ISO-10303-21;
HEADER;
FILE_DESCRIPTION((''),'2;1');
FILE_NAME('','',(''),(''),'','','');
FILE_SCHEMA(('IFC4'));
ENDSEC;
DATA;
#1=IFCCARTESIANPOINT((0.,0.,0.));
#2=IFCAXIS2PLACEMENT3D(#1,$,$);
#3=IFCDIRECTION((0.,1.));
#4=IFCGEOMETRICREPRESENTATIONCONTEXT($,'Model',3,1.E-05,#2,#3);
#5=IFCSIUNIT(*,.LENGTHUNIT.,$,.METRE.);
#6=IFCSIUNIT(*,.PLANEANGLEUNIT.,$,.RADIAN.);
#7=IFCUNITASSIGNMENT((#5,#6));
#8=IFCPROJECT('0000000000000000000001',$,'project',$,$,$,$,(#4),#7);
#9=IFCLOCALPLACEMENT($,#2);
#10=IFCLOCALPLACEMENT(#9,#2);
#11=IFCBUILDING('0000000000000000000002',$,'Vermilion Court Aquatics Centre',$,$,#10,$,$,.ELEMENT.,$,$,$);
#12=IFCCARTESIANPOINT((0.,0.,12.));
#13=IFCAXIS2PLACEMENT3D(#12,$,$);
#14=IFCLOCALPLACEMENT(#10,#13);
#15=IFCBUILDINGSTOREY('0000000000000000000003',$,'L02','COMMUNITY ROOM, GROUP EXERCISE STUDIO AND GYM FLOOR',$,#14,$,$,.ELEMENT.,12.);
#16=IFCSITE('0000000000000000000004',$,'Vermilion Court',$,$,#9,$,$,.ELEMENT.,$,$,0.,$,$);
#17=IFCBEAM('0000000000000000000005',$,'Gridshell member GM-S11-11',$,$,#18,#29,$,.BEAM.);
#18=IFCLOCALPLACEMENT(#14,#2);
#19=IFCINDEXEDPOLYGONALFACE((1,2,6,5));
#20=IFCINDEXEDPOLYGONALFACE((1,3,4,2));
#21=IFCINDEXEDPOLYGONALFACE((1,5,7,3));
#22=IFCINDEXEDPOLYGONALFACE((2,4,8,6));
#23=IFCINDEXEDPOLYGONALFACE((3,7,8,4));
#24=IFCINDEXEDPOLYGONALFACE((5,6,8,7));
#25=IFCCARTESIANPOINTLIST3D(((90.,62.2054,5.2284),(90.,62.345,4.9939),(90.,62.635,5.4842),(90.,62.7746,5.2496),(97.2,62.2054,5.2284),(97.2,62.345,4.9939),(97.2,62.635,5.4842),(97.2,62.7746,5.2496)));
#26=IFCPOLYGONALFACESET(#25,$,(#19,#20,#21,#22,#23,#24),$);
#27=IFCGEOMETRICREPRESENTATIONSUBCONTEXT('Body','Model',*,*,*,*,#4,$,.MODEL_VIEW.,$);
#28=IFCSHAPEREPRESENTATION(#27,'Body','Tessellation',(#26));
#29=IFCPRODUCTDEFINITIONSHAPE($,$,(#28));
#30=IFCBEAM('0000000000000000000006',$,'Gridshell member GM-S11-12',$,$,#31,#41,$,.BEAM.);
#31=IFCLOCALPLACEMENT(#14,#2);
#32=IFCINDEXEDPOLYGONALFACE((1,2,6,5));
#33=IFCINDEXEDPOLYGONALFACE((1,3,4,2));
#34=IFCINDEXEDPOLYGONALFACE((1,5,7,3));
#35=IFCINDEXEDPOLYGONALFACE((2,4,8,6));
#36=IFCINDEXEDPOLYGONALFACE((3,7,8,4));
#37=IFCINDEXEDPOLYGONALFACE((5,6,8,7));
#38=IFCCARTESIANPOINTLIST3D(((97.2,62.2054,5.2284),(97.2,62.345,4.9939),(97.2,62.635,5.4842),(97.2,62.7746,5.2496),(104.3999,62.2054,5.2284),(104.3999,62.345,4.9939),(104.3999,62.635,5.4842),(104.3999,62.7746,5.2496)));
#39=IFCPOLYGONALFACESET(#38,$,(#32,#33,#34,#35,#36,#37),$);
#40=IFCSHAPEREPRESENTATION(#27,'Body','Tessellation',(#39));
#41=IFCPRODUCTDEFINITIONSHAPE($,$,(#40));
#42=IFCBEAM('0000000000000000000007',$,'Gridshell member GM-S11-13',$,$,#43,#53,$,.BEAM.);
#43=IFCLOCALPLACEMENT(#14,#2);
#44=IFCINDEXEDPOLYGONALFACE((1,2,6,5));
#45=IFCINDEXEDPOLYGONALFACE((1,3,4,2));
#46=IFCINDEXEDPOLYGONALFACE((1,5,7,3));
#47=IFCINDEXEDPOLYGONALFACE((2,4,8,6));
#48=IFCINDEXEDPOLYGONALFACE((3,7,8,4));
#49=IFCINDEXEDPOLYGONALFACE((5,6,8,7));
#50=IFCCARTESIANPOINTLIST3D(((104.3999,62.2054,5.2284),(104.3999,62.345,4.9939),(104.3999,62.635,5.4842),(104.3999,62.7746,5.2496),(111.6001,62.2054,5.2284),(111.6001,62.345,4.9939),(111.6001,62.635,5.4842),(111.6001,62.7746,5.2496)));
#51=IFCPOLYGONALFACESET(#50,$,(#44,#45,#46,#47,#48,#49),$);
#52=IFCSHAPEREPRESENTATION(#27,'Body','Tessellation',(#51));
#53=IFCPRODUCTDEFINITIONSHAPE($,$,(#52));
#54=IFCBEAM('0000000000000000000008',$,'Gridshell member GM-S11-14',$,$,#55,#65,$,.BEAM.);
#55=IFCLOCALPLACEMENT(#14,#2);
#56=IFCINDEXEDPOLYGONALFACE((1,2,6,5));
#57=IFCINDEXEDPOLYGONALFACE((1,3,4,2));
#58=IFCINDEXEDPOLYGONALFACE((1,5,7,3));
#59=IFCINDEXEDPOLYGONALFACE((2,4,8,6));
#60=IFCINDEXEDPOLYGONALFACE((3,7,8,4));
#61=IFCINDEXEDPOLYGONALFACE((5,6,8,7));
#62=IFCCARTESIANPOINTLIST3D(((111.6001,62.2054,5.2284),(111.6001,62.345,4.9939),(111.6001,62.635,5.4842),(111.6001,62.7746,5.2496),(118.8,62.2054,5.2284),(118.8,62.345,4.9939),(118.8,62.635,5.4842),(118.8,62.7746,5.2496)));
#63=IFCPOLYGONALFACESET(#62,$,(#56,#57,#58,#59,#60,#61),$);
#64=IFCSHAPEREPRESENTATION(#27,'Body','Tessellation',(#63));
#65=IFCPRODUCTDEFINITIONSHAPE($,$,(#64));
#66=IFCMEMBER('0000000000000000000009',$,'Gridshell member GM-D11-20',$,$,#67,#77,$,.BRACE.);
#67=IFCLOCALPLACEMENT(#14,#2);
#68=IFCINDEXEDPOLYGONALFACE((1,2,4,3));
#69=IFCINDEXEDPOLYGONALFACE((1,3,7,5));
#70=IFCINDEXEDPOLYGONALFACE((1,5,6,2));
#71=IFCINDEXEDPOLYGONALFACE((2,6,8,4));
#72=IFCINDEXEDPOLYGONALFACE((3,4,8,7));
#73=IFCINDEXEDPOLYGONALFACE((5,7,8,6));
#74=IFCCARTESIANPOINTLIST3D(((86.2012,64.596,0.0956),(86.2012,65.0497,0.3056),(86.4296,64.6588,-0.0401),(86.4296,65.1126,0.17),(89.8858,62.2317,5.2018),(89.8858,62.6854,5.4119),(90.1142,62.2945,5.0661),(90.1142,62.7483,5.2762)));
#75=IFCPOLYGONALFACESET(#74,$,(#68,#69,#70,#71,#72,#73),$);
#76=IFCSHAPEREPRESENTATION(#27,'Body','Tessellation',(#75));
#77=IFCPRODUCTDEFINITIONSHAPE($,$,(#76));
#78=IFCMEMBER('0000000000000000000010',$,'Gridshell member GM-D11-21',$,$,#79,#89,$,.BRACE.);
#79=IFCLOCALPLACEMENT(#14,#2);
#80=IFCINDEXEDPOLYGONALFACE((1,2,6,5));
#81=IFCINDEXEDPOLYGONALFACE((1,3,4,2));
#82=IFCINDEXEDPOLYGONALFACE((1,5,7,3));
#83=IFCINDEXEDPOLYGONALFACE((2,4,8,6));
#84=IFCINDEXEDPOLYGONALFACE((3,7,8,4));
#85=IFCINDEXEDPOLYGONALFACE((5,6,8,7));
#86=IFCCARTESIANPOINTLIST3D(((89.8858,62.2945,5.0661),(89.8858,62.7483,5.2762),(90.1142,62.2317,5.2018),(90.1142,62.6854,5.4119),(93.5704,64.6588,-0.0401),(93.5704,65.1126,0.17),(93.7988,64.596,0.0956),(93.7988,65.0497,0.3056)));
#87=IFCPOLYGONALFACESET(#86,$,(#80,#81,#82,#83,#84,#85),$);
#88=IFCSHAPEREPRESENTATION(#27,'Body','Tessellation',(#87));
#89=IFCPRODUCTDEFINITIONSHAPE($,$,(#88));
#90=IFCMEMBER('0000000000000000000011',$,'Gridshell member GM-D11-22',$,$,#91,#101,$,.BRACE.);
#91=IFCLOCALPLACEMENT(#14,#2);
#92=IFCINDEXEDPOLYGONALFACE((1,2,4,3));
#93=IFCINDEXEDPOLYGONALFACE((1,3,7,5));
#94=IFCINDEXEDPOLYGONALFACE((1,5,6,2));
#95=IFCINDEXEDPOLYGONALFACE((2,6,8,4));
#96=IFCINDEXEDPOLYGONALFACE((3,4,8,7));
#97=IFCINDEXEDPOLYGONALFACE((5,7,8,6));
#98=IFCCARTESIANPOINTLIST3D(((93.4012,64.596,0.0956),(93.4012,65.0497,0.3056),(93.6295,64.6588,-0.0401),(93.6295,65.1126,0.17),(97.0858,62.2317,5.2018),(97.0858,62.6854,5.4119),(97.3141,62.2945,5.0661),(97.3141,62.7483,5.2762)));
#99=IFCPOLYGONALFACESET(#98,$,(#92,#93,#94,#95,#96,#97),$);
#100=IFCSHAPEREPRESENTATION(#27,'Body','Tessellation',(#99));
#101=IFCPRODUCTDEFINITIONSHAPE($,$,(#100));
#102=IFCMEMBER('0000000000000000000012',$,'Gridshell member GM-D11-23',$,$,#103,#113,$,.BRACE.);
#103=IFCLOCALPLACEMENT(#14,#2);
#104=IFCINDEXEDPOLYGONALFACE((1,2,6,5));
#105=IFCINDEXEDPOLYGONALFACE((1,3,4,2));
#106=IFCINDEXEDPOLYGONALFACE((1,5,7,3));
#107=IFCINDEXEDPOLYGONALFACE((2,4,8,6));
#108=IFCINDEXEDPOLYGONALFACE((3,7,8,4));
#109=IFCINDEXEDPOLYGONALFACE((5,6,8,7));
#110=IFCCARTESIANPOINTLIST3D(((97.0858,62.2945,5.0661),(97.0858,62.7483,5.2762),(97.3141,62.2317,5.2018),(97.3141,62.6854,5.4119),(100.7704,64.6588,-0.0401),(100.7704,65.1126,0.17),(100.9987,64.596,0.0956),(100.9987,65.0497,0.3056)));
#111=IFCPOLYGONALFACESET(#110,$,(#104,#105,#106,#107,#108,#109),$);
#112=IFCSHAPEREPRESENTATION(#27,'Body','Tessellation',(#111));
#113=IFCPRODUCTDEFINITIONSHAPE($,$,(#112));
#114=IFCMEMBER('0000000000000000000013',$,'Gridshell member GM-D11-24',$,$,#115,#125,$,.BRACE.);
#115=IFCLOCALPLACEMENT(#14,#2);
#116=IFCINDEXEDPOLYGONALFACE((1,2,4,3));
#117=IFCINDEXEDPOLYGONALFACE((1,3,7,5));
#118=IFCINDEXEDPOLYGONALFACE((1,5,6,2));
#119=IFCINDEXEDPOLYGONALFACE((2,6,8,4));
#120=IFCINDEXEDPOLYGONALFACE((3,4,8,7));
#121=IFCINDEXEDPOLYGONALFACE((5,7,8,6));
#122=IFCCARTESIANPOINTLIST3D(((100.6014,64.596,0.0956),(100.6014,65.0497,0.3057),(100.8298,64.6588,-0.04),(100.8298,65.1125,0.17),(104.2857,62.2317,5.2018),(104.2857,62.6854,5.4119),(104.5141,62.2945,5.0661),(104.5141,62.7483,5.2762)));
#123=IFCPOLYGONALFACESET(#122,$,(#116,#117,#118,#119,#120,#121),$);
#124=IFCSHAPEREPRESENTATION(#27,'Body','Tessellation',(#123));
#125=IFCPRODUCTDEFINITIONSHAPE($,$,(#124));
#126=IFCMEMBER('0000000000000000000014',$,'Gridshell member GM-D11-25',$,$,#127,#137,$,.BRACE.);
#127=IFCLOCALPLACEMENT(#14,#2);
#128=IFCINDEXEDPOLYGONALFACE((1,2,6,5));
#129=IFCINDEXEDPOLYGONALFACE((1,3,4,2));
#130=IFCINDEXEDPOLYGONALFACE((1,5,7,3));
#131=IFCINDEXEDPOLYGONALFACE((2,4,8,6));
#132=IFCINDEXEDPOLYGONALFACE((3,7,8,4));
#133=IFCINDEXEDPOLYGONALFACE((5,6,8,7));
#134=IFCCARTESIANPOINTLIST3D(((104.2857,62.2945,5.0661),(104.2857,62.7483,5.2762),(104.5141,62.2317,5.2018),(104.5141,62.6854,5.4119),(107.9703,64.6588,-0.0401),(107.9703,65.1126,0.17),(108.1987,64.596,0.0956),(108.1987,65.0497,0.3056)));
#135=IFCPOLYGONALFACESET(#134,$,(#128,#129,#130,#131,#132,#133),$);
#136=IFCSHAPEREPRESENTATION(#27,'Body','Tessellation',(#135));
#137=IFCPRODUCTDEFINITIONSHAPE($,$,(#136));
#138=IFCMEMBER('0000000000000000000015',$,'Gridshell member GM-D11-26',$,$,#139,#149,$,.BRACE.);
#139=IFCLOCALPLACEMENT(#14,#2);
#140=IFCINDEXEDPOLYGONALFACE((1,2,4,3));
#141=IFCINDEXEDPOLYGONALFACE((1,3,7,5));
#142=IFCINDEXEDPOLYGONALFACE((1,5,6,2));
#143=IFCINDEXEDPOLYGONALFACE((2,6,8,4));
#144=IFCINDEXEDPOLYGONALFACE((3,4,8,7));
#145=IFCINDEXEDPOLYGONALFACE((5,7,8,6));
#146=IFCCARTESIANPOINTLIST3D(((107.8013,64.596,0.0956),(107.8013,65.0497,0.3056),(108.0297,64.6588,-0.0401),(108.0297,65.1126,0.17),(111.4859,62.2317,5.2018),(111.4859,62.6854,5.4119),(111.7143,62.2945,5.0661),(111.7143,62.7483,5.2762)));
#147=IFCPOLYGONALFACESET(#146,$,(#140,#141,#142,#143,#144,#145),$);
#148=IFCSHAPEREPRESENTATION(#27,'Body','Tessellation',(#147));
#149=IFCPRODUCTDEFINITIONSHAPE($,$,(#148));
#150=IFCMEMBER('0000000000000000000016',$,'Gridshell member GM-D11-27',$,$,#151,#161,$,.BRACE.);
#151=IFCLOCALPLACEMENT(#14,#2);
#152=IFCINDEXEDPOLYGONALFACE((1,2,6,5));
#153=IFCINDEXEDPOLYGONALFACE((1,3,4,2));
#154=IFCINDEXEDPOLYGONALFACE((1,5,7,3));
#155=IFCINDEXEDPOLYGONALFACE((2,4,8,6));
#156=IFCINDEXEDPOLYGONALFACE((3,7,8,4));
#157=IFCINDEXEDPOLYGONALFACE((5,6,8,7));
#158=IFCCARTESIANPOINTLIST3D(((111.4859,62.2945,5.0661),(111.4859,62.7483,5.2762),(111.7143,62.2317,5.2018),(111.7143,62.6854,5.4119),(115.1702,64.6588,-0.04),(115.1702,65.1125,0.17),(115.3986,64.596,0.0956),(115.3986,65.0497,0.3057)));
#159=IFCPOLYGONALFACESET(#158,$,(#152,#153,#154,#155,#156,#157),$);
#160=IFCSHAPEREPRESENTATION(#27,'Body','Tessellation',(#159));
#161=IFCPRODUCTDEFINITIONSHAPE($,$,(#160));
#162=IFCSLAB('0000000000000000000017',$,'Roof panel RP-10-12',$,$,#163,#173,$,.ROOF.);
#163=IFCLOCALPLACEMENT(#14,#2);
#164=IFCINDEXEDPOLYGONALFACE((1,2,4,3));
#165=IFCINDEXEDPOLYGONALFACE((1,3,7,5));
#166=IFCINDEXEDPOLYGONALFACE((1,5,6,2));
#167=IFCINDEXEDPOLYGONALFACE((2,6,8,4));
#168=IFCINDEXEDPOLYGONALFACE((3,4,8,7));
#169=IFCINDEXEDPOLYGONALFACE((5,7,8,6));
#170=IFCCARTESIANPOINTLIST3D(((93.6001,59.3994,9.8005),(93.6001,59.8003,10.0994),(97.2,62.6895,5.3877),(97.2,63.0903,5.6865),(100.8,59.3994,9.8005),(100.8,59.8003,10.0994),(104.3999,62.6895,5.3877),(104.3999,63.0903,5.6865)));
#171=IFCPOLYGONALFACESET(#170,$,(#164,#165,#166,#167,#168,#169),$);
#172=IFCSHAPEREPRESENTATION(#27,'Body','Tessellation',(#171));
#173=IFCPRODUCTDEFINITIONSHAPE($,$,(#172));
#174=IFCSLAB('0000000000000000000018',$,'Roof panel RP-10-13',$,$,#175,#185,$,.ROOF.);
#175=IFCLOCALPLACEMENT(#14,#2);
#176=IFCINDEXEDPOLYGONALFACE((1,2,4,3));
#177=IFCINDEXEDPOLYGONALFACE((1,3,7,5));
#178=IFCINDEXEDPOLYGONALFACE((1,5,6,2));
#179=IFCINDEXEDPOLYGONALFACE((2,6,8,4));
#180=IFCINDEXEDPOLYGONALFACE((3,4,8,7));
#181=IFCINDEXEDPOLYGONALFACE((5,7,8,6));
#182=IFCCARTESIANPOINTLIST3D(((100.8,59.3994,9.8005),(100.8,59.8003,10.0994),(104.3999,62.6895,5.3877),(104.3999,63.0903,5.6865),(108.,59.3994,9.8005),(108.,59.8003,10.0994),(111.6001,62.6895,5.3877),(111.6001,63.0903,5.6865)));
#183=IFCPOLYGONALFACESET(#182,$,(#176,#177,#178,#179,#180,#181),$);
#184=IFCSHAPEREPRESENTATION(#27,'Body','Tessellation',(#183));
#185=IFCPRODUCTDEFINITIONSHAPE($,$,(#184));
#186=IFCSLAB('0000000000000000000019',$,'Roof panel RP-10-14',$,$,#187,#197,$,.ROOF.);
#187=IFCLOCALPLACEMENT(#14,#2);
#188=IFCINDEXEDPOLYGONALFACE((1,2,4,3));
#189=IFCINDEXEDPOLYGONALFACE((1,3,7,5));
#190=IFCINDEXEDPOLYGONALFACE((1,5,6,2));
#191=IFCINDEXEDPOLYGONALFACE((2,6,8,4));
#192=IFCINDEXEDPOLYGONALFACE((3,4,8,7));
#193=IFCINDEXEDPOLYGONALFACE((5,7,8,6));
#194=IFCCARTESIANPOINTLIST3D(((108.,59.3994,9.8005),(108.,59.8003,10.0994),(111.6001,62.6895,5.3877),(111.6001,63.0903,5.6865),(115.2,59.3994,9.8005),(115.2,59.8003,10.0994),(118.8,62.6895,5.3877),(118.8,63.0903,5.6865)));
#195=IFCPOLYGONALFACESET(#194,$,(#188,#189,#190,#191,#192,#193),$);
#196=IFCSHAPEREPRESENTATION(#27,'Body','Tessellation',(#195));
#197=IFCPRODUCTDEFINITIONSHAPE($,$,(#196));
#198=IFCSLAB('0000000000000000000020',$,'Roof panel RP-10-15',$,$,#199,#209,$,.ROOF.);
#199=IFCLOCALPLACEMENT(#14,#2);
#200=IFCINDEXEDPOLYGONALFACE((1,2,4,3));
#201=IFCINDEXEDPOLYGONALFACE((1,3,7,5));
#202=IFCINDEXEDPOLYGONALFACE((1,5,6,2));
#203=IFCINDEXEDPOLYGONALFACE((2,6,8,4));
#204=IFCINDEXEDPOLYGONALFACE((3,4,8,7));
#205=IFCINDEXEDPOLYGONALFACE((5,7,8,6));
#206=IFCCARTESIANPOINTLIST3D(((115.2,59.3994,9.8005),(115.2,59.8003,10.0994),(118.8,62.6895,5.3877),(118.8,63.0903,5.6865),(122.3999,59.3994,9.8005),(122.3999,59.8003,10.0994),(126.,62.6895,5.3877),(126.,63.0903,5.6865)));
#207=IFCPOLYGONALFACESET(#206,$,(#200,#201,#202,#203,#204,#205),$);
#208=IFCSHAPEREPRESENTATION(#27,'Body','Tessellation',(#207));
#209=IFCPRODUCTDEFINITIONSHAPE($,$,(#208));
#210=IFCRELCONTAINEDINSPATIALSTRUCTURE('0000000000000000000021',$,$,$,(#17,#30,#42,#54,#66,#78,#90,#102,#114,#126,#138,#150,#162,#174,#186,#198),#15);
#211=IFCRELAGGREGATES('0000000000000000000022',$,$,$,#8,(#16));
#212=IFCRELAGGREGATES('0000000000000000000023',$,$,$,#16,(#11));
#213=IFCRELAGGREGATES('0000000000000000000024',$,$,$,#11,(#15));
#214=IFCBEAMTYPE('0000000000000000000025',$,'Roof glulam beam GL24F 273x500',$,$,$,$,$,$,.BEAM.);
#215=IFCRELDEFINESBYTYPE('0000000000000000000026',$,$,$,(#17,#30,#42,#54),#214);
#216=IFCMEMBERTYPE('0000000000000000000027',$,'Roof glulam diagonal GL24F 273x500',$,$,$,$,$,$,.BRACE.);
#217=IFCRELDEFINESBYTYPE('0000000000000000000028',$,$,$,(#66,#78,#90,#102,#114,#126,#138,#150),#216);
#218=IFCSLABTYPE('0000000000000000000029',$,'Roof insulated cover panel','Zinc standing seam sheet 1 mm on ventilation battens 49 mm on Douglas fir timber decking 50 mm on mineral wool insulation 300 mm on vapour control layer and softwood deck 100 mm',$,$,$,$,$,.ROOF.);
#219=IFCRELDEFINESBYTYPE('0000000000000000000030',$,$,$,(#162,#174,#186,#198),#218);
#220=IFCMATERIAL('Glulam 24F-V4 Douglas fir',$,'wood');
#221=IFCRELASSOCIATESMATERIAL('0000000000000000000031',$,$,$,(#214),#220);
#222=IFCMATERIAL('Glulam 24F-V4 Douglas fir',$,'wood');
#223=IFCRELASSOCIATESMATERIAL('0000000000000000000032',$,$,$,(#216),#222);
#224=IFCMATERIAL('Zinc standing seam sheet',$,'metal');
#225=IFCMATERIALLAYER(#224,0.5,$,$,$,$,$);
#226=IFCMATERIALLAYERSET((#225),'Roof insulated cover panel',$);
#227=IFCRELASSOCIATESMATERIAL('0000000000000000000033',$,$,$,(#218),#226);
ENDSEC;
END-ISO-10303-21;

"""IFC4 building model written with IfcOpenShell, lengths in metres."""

from ifc_helpers import new_model, si_unit, direction, frame, origin, origin_2d, place, context, subcontext, project, spatial, polyline, rectangle, outline, extrude, material, layer, layer_set, material_profile, profile_set, type_object, element, save


model = new_model("IFC4")

# Units and contexts
model_context = context("Model", 3, precision=1e-05, world=origin(), true_north=direction((0.0, 1.0)))
body_context = subcontext(model_context, "Body", "Model", "MODEL_VIEW")
ifc_project = project(units=[si_unit("LENGTHUNIT", "METRE"), si_unit("PLANEANGLEUNIT", "RADIAN")], contexts=[model_context])

# Site, building, storey
site_placement = place(None, origin())
site = spatial("IfcSite", under=ifc_project, at=site_placement, Name="Vermilion Court", CompositionType="ELEMENT", RefElevation=0.0)
building_placement = place(site_placement, origin())
building = spatial("IfcBuilding", under=site, at=building_placement, Name="Vermilion Court Aquatics Centre", CompositionType="ELEMENT")
storey_placement = place(building_placement, frame((0.0, 0.0, 12.0)))
storey = spatial("IfcBuildingStorey", under=building, at=storey_placement, Name="L02", Description="COMMUNITY ROOM, GROUP EXERCISE STUDIO AND GYM FLOOR", CompositionType="ELEMENT", Elevation=12.0)

# Beams
ifc_material_1 = material(Name="Glulam 24F-V4 Douglas fir", Category="wood")
ifc_material_profile_1 = material_profile(ifc_material_1, rectangle(XDim=0.2729, YDim=0.5, at=origin_2d()), Name="GL24F 273x500")
ifc_profile_set_1 = profile_set([ifc_material_profile_1], Name="Glulam 24F-V4 Douglas fir")
beam_type = type_object("IfcBeamType", Name="Roof glulam beam GL24F 273x500", PredefinedType="BEAM", material=ifc_profile_set_1)
for number, where, z_axis, x_axis, name in (
    (1, (90.0, 62.49, 5.239), (1.0, 0.0, 0.0), (0.0, 0.511595, -0.859227), "Gridshell member GM-S11-11"),
    (2, (97.2, 62.49, 5.239), (1.0, 0.0, 0.0), (0.0, 0.511595, -0.859227), "Gridshell member GM-S11-12"),
):
    element("IfcBeam", number, at=place(storey_placement, frame(where, z_axis=z_axis, x_axis=x_axis)), inside=storey, type_object=beam_type, Name=name, PredefinedType="BEAM", context=body_context, shape_type="SweptSolid", body=[
        extrude(rectangle(XDim=0.2729, YDim=0.5, at=origin_2d()), origin(), (0.0, 0.0, 1.0), 7.2),
    ])
beam_1_placement = place(storey_placement, frame((104.3999, 62.49, 5.239), z_axis=(1.0, 0.0, 0.0), x_axis=(0.0, 0.511595, -0.859227)))
element("IfcBeam", 3, at=beam_1_placement, inside=storey, type_object=beam_type, Name="Gridshell member GM-S11-13", PredefinedType="BEAM", context=body_context, shape_type="SweptSolid", body=[
    extrude(rectangle(XDim=0.2729, YDim=0.5, at=origin_2d()), origin(), (0.0, 0.0, 1.0), 7.2002),
])
beam_2_placement = place(storey_placement, frame((111.6001, 62.49, 5.239), z_axis=(1.0, 0.0, 0.0), x_axis=(0.0, 0.511595, -0.859227)))
element("IfcBeam", 4, at=beam_2_placement, inside=storey, type_object=beam_type, Name="Gridshell member GM-S11-14", PredefinedType="BEAM", context=body_context, shape_type="SweptSolid", body=[
    extrude(rectangle(XDim=0.2729, YDim=0.5, at=origin_2d()), origin(), (0.0, 0.0, 1.0), 7.2),
])

# Members
ifc_material_2 = material(Name="Glulam 24F-V4 Douglas fir", Category="wood")
ifc_material_profile_2 = material_profile(ifc_material_2, rectangle(XDim=0.2729, YDim=0.5, at=origin_2d()), Name="GL24F 273x500")
ifc_profile_set_2 = profile_set([ifc_material_profile_2], Name="Glulam 24F-V4 Douglas fir")
member_type = type_object("IfcMemberType", Name="Roof glulam diagonal GL24F 273x500", PredefinedType="BRACE", material=ifc_profile_set_2)
for number, where, z_axis, x_axis, name in (
    (5, (90.0, 62.49, 5.239), (-0.54781, 0.35151, -0.759174), (-0.836603, -0.230193, 0.497099), "Gridshell member GM-D11-20"),
    (6, (90.0, 62.49, 5.239), (0.54781, 0.35151, -0.759174), (-0.836603, 0.230193, -0.497099), "Gridshell member GM-D11-21"),
    (7, (97.2, 62.49, 5.239), (-0.54781, 0.35151, -0.759174), (-0.836603, -0.230193, 0.497099), "Gridshell member GM-D11-22"),
    (8, (97.2, 62.49, 5.239), (0.54781, 0.35151, -0.759174), (-0.836603, 0.230193, -0.497099), "Gridshell member GM-D11-23"),
):
    element("IfcMember", number, at=place(storey_placement, frame(where, z_axis=z_axis, x_axis=x_axis)), inside=storey, type_object=member_type, Name=name, PredefinedType="BRACE", context=body_context, shape_type="SweptSolid", body=[
        extrude(rectangle(XDim=0.2729, YDim=0.5, at=origin_2d()), origin(), (0.0, 0.0, 1.0), 6.7261),
    ])
member_1_placement = place(storey_placement, frame((104.3999, 62.49, 5.239), z_axis=(-0.547785, 0.351517, -0.759189), x_axis=(-0.836619, -0.230161, 0.497085)))
element("IfcMember", 9, at=member_1_placement, inside=storey, type_object=member_type, Name="Gridshell member GM-D11-24", PredefinedType="BRACE", context=body_context, shape_type="SweptSolid", body=[
    extrude(rectangle(XDim=0.2729, YDim=0.5, at=origin_2d()), origin(), (0.0, 0.0, 1.0), 6.7258),
])
for number, where, z_axis, x_axis, name in (
    (10, (104.3999, 62.49, 5.239), (0.54781, 0.35151, -0.759174), (-0.836603, 0.230193, -0.497099), "Gridshell member GM-D11-25"),
    (11, (111.6001, 62.49, 5.239), (-0.54781, 0.35151, -0.759174), (-0.836603, -0.230193, 0.497099), "Gridshell member GM-D11-26"),
):
    element("IfcMember", number, at=place(storey_placement, frame(where, z_axis=z_axis, x_axis=x_axis)), inside=storey, type_object=member_type, Name=name, PredefinedType="BRACE", context=body_context, shape_type="SweptSolid", body=[
        extrude(rectangle(XDim=0.2729, YDim=0.5, at=origin_2d()), origin(), (0.0, 0.0, 1.0), 6.7261),
    ])
member_2_placement = place(storey_placement, frame((111.6001, 62.49, 5.239), z_axis=(0.547785, 0.351517, -0.759189), x_axis=(-0.836619, 0.230161, -0.497085)))
element("IfcMember", 12, at=member_2_placement, inside=storey, type_object=member_type, Name="Gridshell member GM-D11-27", PredefinedType="BRACE", context=body_context, shape_type="SweptSolid", body=[
    extrude(rectangle(XDim=0.2729, YDim=0.5, at=origin_2d()), origin(), (0.0, 0.0, 1.0), 6.7258),
])

# Slabs
ifc_material_3 = material(Name="Zinc standing seam sheet", Category="metal")
ifc_layer_1 = layer(ifc_material_3, 0.5)
ifc_layer_set_1 = layer_set([ifc_layer_1], Name="Roof insulated cover panel")
slab_type = type_object("IfcSlabType", Name="Roof insulated cover panel", Description="Zinc standing seam sheet 1 mm on ventilation battens 49 mm on Douglas fir timber decking 50 mm on mineral wool insulation 300 mm on vapour control layer and softwood deck 100 mm", PredefinedType="ROOF", material=ifc_layer_set_1)
slab_1_placement = place(storey_placement, frame((93.6001, 59.8003, 10.0994), z_axis=(0.0, 0.801705, 0.59772), x_axis=(1.0, 0.0, 0.0)))
element("IfcSlab", 13, at=slab_1_placement, inside=storey, type_object=slab_type, Name="Roof panel RP-10-12", PredefinedType="ROOF", context=body_context, shape_type="SweptSolid", body=[
    extrude(outline(polyline([(0.0, 0.0), (7.2, 0.0), (10.7998, 5.5043), (3.5999, 5.5043), (0.0, 0.0)])), origin(), (0.0, 0.0, -1.0), 0.5),
])
slab_2_placement = place(storey_placement, frame((100.8, 59.8003, 10.0994), z_axis=(0.0, 0.801705, 0.59772), x_axis=(1.0, 0.0, 0.0)))
element("IfcSlab", 14, at=slab_2_placement, inside=storey, type_object=slab_type, Name="Roof panel RP-10-13", PredefinedType="ROOF", context=body_context, shape_type="SweptSolid", body=[
    extrude(outline(polyline([(0.0, 0.0), (7.2, 0.0), (10.8, 5.5043), (3.5999, 5.5043), (0.0, 0.0)])), origin(), (0.0, 0.0, -1.0), 0.5),
])
for number, where, z_axis, x_axis, name in (
    (15, (108.0, 59.8003, 10.0994), (0.0, 0.801705, 0.59772), (1.0, 0.0, 0.0), "Roof panel RP-10-14"),
    (16, (115.2, 59.8003, 10.0994), (0.0, 0.801705, 0.59772), (1.0, 0.0, 0.0), "Roof panel RP-10-15"),
):
    element("IfcSlab", number, at=place(storey_placement, frame(where, z_axis=z_axis, x_axis=x_axis)), inside=storey, type_object=slab_type, Name=name, PredefinedType="ROOF", context=body_context, shape_type="SweptSolid", body=[
        extrude(outline(polyline([(0.0, 0.0), (7.2, 0.0), (10.8, 5.5043), (3.6001, 5.5043), (0.0, 0.0)])), origin(), (0.0, 0.0, -1.0), 0.5),
    ])

save(model, "model.ifc")
